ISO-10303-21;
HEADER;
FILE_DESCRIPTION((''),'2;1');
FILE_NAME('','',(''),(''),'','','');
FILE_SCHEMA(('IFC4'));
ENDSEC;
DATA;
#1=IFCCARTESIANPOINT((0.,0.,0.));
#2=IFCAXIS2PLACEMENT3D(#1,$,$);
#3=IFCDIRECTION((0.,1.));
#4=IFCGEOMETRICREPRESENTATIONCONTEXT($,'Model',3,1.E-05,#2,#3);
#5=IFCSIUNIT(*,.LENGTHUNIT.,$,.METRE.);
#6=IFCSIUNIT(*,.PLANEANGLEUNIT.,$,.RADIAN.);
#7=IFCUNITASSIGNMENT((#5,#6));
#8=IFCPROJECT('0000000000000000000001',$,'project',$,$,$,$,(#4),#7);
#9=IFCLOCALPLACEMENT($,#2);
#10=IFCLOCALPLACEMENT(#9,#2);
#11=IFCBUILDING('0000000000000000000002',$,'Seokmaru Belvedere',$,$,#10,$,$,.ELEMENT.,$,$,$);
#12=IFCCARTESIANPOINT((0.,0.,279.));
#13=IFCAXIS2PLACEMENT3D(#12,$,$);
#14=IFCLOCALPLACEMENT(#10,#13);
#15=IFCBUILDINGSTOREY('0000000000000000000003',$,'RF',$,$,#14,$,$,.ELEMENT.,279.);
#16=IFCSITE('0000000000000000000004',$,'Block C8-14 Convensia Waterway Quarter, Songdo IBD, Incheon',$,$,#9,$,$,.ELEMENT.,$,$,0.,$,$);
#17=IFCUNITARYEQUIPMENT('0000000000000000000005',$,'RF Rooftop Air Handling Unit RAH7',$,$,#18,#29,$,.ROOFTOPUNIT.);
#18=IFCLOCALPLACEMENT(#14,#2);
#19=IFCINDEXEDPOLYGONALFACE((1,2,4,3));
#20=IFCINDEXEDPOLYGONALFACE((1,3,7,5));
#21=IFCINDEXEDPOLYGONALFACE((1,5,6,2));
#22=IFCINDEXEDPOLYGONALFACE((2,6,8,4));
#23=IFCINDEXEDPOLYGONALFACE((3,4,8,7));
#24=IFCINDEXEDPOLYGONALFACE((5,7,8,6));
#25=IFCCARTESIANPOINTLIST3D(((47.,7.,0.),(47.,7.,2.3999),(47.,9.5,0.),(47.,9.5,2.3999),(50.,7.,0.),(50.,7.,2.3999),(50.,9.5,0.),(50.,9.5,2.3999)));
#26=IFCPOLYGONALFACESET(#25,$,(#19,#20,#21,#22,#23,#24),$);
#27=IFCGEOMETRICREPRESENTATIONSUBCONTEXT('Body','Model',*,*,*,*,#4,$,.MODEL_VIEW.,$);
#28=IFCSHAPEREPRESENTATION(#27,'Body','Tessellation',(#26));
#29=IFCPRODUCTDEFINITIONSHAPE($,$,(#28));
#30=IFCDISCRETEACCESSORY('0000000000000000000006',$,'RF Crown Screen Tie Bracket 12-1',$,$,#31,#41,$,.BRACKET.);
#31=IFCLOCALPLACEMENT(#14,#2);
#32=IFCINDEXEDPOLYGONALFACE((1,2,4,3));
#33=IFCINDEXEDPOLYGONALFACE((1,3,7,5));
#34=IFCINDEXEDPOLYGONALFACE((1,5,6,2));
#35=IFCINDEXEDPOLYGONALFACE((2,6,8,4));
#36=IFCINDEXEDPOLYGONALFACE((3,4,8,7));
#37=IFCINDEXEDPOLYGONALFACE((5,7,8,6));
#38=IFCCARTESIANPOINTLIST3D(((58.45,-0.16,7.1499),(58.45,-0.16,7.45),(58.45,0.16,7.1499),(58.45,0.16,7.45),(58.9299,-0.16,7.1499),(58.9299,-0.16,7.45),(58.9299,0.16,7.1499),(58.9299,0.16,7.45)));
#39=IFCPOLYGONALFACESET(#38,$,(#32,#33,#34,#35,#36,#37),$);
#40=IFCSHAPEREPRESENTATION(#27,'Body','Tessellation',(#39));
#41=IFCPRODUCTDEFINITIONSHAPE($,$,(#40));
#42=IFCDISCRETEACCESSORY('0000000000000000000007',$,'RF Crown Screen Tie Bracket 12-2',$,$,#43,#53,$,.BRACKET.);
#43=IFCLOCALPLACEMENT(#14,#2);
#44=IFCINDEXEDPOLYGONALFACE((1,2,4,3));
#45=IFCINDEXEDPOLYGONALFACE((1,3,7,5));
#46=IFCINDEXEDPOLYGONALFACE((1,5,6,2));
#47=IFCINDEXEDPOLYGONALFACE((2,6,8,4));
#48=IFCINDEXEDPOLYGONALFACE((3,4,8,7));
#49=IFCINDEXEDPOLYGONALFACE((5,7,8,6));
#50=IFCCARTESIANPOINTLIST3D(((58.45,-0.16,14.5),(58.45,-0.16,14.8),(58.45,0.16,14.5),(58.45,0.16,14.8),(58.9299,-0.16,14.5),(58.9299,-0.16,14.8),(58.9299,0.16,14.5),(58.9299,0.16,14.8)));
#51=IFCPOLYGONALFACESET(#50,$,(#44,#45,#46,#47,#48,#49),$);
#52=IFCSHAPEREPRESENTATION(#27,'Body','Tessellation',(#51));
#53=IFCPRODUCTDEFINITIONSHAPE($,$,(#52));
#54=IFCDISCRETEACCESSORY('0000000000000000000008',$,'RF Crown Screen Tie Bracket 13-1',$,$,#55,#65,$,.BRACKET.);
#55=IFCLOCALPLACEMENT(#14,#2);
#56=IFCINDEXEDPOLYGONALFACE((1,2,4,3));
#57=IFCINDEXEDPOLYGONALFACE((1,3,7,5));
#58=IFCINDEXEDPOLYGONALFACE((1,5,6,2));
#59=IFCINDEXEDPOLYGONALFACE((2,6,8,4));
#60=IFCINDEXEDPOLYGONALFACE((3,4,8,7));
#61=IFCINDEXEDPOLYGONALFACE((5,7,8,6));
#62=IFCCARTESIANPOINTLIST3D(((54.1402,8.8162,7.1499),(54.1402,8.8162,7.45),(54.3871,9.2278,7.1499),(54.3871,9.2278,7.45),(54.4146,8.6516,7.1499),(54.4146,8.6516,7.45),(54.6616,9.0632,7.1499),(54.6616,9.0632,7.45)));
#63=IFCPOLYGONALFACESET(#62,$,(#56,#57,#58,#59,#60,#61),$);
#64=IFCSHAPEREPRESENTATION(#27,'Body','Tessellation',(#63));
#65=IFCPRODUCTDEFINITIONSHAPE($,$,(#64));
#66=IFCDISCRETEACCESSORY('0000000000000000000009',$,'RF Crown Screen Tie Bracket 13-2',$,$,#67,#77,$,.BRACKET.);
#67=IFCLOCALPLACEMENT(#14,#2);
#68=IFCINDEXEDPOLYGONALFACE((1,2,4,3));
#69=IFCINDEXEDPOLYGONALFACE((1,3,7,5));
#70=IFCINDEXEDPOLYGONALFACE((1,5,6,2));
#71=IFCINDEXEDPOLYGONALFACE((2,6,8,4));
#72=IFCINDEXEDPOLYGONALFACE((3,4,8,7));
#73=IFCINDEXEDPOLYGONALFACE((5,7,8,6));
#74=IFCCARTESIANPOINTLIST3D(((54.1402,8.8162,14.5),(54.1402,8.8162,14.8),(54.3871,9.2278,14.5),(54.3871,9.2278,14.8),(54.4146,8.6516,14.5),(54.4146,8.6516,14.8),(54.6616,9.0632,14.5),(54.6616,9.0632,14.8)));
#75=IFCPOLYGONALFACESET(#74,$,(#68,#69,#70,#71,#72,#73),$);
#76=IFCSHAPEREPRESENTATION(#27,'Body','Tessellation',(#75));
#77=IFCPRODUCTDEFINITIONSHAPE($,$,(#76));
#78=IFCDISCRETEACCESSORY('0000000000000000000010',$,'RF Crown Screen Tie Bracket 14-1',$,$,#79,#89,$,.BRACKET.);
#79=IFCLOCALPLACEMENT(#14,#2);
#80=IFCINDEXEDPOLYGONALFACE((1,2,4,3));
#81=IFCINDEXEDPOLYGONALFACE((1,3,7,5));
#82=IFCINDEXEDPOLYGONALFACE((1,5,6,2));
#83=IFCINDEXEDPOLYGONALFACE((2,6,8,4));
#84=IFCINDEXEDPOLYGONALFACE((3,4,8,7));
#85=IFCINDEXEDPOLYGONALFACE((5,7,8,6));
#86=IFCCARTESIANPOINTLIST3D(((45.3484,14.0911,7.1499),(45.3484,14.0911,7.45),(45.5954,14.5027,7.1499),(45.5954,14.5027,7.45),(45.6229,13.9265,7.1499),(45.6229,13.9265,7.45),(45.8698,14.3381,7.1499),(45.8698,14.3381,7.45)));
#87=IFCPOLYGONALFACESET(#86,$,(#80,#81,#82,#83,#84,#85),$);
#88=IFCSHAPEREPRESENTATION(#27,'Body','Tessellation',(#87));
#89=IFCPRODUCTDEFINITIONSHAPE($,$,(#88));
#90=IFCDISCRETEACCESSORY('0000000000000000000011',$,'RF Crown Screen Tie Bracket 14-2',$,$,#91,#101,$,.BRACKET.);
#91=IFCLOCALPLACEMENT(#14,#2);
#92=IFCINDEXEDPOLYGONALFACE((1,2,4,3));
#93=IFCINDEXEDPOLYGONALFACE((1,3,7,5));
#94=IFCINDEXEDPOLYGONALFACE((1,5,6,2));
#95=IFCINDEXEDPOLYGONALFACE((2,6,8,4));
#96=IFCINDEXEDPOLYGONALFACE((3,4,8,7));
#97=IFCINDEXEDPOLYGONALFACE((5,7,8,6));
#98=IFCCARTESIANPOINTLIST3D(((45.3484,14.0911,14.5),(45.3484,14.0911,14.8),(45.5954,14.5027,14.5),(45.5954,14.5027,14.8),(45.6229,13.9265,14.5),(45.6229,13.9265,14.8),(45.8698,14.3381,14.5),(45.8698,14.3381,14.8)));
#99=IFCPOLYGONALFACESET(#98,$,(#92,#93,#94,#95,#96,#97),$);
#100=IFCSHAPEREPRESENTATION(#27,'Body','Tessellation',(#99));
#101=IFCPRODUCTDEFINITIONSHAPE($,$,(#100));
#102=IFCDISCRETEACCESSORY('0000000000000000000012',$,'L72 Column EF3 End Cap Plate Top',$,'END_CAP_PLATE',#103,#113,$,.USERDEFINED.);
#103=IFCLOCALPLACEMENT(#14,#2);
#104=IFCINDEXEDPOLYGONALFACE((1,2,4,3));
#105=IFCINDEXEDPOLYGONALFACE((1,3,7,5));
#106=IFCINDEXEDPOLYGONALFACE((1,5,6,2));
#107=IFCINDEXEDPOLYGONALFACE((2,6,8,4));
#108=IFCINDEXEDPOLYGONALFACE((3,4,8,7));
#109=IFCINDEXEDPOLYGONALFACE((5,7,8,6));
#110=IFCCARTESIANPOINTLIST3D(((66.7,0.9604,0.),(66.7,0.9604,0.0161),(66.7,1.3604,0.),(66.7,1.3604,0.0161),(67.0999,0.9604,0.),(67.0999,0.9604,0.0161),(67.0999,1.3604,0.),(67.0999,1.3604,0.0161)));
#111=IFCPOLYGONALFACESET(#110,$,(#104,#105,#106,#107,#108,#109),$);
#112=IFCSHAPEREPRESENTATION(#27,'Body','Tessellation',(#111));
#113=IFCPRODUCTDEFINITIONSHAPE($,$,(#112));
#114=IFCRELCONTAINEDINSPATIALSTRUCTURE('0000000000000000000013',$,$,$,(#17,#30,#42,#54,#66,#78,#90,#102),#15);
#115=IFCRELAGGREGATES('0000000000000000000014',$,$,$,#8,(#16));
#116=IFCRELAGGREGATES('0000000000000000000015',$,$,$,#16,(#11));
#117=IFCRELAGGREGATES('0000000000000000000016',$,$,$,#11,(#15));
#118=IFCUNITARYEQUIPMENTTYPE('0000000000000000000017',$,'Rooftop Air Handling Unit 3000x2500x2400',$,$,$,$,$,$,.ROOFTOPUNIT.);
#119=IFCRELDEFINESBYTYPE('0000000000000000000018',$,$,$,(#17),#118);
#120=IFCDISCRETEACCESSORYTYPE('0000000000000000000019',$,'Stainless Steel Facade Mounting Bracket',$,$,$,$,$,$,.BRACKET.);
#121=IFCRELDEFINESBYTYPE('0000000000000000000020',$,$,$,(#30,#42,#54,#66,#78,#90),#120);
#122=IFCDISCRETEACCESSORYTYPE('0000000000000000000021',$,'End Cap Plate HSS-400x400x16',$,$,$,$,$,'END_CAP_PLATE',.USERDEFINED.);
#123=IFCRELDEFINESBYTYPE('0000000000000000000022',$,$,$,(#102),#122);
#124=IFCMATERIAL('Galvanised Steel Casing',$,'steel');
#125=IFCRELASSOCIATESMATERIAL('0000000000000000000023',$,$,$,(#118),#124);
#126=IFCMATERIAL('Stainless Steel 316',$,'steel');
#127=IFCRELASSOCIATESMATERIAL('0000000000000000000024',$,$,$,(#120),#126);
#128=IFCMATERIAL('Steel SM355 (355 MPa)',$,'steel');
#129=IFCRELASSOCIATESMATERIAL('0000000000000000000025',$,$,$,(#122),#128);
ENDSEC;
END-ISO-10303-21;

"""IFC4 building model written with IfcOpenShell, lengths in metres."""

from ifc_helpers import new_model, si_unit, direction, frame, origin, origin_2d, place, context, subcontext, project, spatial, rectangle, extrude, source, transform, mapped, material, type_object, type_shapes, element, save


model = new_model("IFC4")

# Units and contexts
model_context = context("Model", 3, precision=1e-05, world=origin(), true_north=direction((0.0, 1.0)))
body_context = subcontext(model_context, "Body", "Model", "MODEL_VIEW")
ifc_project = project(units=[si_unit("LENGTHUNIT", "METRE"), si_unit("PLANEANGLEUNIT", "RADIAN")], contexts=[model_context])

# Site, building, storey
site_placement = place(None, origin())
site = spatial("IfcSite", under=ifc_project, at=site_placement, Name="Block C8-14 Convensia Waterway Quarter, Songdo IBD, Incheon", CompositionType="ELEMENT", RefElevation=0.0)
building_placement = place(site_placement, origin())
building = spatial("IfcBuilding", under=site, at=building_placement, Name="Seokmaru Belvedere", CompositionType="ELEMENT")
storey_placement = place(building_placement, frame((0.0, 0.0, 279.0)))
storey = spatial("IfcBuildingStorey", under=building, at=storey_placement, Name="RF", CompositionType="ELEMENT", Elevation=279.0)

# Shared definitions
ifc_material_1 = material(Name="Steel SM355 (355 MPa)", Category="steel")

# Unitary equipment
ifc_material_2 = material(Name="Galvanised Steel Casing", Category="steel")
unitary_equipment_type = type_object("IfcUnitaryEquipmentType", Name="Rooftop Air Handling Unit 3000x2500x2400", PredefinedType="ROOFTOPUNIT", material=ifc_material_2)
shared_shape_1 = source(origin(), body_context, "Body", "SweptSolid", [
    extrude(rectangle(XDim=3.0, YDim=2.5, at=origin_2d()), origin(), (0.0, 0.0, 1.0), 2.3999),
])
type_shapes(unitary_equipment_type, [shared_shape_1])
unitary_equipment_placement = place(storey_placement, frame((48.5, 8.25, 0.0), z_axis=(0.0, 0.0, 1.0), x_axis=(1.0, 0.0, 0.0)))
element("IfcUnitaryEquipment", 1, at=unitary_equipment_placement, inside=storey, type_object=unitary_equipment_type, Name="RF Rooftop Air Handling Unit RAH7", PredefinedType="ROOFTOPUNIT", context=body_context, shape_type="MappedRepresentation", body=[
    mapped(shared_shape_1, transform((0.0, 0.0, 0.0), scale=1.0)),
])

# Discrete accessories
ifc_material_3 = material(Name="Stainless Steel 316", Category="steel")
discrete_accessory_type_1 = type_object("IfcDiscreteAccessoryType", Name="Stainless Steel Facade Mounting Bracket", PredefinedType="BRACKET", material=ifc_material_3)
shared_shape_2 = source(origin(), body_context, "Body", "SweptSolid", [
    extrude(rectangle(XDim=0.3201, YDim=0.48, at=origin_2d()), origin(), (0.0, 0.0, 1.0), 0.3),
])
type_shapes(discrete_accessory_type_1, [shared_shape_2])
for number, where, z_axis, x_axis, name in (
    (2, (58.6899, 0.0, 7.1499), (0.0, 0.0, 1.0), (0.0, 1.0, 0.0), "RF Crown Screen Tie Bracket 12-1"),
    (3, (58.6899, 0.0, 14.5), (0.0, 0.0, 1.0), (0.0, 1.0, 0.0), "RF Crown Screen Tie Bracket 12-2"),
    (4, (54.4009, 8.9397, 7.1499), (0.0, 0.0, 1.0), (-0.857493, 0.514496, 0.0), "RF Crown Screen Tie Bracket 13-1"),
    (5, (54.4009, 8.9397, 14.5), (0.0, 0.0, 1.0), (-0.857493, 0.514496, 0.0), "RF Crown Screen Tie Bracket 13-2"),
    (6, (45.6091, 14.2146, 7.1499), (0.0, 0.0, 1.0), (-0.857493, 0.514496, 0.0), "RF Crown Screen Tie Bracket 14-1"),
    (7, (45.6091, 14.2146, 14.5), (0.0, 0.0, 1.0), (-0.857493, 0.514496, 0.0), "RF Crown Screen Tie Bracket 14-2"),
):
    element("IfcDiscreteAccessory", number, at=place(storey_placement, frame(where, z_axis=z_axis, x_axis=x_axis)), inside=storey, type_object=discrete_accessory_type_1, Name=name, PredefinedType="BRACKET", context=body_context, shape_type="MappedRepresentation", body=[
        mapped(shared_shape_2, transform((0.0, 0.0, 0.0), scale=1.0)),
    ])
discrete_accessory_type_2 = type_object("IfcDiscreteAccessoryType", Name="End Cap Plate HSS-400x400x16", ElementType="END_CAP_PLATE", PredefinedType="USERDEFINED", material=ifc_material_1)
shared_shape_3 = source(origin(), body_context, "Body", "SweptSolid", [
    extrude(rectangle(XDim=0.3999, YDim=0.3999, at=origin_2d()), origin(), (0.0, 0.0, 1.0), 0.0161),
])
type_shapes(discrete_accessory_type_2, [shared_shape_3])
discrete_accessory_placement = place(storey_placement, frame((66.8999, 1.1604, 0.0), z_axis=(0.0, 0.0, 1.0), x_axis=(1.0, 0.0, 0.0)))
element("IfcDiscreteAccessory", 8, at=discrete_accessory_placement, inside=storey, type_object=discrete_accessory_type_2, Name="L72 Column EF3 End Cap Plate Top", ObjectType="END_CAP_PLATE", PredefinedType="USERDEFINED", context=body_context, shape_type="MappedRepresentation", body=[
    mapped(shared_shape_3, transform((0.0, 0.0, 0.0), scale=1.0)),
])

save(model, "model.ifc")
